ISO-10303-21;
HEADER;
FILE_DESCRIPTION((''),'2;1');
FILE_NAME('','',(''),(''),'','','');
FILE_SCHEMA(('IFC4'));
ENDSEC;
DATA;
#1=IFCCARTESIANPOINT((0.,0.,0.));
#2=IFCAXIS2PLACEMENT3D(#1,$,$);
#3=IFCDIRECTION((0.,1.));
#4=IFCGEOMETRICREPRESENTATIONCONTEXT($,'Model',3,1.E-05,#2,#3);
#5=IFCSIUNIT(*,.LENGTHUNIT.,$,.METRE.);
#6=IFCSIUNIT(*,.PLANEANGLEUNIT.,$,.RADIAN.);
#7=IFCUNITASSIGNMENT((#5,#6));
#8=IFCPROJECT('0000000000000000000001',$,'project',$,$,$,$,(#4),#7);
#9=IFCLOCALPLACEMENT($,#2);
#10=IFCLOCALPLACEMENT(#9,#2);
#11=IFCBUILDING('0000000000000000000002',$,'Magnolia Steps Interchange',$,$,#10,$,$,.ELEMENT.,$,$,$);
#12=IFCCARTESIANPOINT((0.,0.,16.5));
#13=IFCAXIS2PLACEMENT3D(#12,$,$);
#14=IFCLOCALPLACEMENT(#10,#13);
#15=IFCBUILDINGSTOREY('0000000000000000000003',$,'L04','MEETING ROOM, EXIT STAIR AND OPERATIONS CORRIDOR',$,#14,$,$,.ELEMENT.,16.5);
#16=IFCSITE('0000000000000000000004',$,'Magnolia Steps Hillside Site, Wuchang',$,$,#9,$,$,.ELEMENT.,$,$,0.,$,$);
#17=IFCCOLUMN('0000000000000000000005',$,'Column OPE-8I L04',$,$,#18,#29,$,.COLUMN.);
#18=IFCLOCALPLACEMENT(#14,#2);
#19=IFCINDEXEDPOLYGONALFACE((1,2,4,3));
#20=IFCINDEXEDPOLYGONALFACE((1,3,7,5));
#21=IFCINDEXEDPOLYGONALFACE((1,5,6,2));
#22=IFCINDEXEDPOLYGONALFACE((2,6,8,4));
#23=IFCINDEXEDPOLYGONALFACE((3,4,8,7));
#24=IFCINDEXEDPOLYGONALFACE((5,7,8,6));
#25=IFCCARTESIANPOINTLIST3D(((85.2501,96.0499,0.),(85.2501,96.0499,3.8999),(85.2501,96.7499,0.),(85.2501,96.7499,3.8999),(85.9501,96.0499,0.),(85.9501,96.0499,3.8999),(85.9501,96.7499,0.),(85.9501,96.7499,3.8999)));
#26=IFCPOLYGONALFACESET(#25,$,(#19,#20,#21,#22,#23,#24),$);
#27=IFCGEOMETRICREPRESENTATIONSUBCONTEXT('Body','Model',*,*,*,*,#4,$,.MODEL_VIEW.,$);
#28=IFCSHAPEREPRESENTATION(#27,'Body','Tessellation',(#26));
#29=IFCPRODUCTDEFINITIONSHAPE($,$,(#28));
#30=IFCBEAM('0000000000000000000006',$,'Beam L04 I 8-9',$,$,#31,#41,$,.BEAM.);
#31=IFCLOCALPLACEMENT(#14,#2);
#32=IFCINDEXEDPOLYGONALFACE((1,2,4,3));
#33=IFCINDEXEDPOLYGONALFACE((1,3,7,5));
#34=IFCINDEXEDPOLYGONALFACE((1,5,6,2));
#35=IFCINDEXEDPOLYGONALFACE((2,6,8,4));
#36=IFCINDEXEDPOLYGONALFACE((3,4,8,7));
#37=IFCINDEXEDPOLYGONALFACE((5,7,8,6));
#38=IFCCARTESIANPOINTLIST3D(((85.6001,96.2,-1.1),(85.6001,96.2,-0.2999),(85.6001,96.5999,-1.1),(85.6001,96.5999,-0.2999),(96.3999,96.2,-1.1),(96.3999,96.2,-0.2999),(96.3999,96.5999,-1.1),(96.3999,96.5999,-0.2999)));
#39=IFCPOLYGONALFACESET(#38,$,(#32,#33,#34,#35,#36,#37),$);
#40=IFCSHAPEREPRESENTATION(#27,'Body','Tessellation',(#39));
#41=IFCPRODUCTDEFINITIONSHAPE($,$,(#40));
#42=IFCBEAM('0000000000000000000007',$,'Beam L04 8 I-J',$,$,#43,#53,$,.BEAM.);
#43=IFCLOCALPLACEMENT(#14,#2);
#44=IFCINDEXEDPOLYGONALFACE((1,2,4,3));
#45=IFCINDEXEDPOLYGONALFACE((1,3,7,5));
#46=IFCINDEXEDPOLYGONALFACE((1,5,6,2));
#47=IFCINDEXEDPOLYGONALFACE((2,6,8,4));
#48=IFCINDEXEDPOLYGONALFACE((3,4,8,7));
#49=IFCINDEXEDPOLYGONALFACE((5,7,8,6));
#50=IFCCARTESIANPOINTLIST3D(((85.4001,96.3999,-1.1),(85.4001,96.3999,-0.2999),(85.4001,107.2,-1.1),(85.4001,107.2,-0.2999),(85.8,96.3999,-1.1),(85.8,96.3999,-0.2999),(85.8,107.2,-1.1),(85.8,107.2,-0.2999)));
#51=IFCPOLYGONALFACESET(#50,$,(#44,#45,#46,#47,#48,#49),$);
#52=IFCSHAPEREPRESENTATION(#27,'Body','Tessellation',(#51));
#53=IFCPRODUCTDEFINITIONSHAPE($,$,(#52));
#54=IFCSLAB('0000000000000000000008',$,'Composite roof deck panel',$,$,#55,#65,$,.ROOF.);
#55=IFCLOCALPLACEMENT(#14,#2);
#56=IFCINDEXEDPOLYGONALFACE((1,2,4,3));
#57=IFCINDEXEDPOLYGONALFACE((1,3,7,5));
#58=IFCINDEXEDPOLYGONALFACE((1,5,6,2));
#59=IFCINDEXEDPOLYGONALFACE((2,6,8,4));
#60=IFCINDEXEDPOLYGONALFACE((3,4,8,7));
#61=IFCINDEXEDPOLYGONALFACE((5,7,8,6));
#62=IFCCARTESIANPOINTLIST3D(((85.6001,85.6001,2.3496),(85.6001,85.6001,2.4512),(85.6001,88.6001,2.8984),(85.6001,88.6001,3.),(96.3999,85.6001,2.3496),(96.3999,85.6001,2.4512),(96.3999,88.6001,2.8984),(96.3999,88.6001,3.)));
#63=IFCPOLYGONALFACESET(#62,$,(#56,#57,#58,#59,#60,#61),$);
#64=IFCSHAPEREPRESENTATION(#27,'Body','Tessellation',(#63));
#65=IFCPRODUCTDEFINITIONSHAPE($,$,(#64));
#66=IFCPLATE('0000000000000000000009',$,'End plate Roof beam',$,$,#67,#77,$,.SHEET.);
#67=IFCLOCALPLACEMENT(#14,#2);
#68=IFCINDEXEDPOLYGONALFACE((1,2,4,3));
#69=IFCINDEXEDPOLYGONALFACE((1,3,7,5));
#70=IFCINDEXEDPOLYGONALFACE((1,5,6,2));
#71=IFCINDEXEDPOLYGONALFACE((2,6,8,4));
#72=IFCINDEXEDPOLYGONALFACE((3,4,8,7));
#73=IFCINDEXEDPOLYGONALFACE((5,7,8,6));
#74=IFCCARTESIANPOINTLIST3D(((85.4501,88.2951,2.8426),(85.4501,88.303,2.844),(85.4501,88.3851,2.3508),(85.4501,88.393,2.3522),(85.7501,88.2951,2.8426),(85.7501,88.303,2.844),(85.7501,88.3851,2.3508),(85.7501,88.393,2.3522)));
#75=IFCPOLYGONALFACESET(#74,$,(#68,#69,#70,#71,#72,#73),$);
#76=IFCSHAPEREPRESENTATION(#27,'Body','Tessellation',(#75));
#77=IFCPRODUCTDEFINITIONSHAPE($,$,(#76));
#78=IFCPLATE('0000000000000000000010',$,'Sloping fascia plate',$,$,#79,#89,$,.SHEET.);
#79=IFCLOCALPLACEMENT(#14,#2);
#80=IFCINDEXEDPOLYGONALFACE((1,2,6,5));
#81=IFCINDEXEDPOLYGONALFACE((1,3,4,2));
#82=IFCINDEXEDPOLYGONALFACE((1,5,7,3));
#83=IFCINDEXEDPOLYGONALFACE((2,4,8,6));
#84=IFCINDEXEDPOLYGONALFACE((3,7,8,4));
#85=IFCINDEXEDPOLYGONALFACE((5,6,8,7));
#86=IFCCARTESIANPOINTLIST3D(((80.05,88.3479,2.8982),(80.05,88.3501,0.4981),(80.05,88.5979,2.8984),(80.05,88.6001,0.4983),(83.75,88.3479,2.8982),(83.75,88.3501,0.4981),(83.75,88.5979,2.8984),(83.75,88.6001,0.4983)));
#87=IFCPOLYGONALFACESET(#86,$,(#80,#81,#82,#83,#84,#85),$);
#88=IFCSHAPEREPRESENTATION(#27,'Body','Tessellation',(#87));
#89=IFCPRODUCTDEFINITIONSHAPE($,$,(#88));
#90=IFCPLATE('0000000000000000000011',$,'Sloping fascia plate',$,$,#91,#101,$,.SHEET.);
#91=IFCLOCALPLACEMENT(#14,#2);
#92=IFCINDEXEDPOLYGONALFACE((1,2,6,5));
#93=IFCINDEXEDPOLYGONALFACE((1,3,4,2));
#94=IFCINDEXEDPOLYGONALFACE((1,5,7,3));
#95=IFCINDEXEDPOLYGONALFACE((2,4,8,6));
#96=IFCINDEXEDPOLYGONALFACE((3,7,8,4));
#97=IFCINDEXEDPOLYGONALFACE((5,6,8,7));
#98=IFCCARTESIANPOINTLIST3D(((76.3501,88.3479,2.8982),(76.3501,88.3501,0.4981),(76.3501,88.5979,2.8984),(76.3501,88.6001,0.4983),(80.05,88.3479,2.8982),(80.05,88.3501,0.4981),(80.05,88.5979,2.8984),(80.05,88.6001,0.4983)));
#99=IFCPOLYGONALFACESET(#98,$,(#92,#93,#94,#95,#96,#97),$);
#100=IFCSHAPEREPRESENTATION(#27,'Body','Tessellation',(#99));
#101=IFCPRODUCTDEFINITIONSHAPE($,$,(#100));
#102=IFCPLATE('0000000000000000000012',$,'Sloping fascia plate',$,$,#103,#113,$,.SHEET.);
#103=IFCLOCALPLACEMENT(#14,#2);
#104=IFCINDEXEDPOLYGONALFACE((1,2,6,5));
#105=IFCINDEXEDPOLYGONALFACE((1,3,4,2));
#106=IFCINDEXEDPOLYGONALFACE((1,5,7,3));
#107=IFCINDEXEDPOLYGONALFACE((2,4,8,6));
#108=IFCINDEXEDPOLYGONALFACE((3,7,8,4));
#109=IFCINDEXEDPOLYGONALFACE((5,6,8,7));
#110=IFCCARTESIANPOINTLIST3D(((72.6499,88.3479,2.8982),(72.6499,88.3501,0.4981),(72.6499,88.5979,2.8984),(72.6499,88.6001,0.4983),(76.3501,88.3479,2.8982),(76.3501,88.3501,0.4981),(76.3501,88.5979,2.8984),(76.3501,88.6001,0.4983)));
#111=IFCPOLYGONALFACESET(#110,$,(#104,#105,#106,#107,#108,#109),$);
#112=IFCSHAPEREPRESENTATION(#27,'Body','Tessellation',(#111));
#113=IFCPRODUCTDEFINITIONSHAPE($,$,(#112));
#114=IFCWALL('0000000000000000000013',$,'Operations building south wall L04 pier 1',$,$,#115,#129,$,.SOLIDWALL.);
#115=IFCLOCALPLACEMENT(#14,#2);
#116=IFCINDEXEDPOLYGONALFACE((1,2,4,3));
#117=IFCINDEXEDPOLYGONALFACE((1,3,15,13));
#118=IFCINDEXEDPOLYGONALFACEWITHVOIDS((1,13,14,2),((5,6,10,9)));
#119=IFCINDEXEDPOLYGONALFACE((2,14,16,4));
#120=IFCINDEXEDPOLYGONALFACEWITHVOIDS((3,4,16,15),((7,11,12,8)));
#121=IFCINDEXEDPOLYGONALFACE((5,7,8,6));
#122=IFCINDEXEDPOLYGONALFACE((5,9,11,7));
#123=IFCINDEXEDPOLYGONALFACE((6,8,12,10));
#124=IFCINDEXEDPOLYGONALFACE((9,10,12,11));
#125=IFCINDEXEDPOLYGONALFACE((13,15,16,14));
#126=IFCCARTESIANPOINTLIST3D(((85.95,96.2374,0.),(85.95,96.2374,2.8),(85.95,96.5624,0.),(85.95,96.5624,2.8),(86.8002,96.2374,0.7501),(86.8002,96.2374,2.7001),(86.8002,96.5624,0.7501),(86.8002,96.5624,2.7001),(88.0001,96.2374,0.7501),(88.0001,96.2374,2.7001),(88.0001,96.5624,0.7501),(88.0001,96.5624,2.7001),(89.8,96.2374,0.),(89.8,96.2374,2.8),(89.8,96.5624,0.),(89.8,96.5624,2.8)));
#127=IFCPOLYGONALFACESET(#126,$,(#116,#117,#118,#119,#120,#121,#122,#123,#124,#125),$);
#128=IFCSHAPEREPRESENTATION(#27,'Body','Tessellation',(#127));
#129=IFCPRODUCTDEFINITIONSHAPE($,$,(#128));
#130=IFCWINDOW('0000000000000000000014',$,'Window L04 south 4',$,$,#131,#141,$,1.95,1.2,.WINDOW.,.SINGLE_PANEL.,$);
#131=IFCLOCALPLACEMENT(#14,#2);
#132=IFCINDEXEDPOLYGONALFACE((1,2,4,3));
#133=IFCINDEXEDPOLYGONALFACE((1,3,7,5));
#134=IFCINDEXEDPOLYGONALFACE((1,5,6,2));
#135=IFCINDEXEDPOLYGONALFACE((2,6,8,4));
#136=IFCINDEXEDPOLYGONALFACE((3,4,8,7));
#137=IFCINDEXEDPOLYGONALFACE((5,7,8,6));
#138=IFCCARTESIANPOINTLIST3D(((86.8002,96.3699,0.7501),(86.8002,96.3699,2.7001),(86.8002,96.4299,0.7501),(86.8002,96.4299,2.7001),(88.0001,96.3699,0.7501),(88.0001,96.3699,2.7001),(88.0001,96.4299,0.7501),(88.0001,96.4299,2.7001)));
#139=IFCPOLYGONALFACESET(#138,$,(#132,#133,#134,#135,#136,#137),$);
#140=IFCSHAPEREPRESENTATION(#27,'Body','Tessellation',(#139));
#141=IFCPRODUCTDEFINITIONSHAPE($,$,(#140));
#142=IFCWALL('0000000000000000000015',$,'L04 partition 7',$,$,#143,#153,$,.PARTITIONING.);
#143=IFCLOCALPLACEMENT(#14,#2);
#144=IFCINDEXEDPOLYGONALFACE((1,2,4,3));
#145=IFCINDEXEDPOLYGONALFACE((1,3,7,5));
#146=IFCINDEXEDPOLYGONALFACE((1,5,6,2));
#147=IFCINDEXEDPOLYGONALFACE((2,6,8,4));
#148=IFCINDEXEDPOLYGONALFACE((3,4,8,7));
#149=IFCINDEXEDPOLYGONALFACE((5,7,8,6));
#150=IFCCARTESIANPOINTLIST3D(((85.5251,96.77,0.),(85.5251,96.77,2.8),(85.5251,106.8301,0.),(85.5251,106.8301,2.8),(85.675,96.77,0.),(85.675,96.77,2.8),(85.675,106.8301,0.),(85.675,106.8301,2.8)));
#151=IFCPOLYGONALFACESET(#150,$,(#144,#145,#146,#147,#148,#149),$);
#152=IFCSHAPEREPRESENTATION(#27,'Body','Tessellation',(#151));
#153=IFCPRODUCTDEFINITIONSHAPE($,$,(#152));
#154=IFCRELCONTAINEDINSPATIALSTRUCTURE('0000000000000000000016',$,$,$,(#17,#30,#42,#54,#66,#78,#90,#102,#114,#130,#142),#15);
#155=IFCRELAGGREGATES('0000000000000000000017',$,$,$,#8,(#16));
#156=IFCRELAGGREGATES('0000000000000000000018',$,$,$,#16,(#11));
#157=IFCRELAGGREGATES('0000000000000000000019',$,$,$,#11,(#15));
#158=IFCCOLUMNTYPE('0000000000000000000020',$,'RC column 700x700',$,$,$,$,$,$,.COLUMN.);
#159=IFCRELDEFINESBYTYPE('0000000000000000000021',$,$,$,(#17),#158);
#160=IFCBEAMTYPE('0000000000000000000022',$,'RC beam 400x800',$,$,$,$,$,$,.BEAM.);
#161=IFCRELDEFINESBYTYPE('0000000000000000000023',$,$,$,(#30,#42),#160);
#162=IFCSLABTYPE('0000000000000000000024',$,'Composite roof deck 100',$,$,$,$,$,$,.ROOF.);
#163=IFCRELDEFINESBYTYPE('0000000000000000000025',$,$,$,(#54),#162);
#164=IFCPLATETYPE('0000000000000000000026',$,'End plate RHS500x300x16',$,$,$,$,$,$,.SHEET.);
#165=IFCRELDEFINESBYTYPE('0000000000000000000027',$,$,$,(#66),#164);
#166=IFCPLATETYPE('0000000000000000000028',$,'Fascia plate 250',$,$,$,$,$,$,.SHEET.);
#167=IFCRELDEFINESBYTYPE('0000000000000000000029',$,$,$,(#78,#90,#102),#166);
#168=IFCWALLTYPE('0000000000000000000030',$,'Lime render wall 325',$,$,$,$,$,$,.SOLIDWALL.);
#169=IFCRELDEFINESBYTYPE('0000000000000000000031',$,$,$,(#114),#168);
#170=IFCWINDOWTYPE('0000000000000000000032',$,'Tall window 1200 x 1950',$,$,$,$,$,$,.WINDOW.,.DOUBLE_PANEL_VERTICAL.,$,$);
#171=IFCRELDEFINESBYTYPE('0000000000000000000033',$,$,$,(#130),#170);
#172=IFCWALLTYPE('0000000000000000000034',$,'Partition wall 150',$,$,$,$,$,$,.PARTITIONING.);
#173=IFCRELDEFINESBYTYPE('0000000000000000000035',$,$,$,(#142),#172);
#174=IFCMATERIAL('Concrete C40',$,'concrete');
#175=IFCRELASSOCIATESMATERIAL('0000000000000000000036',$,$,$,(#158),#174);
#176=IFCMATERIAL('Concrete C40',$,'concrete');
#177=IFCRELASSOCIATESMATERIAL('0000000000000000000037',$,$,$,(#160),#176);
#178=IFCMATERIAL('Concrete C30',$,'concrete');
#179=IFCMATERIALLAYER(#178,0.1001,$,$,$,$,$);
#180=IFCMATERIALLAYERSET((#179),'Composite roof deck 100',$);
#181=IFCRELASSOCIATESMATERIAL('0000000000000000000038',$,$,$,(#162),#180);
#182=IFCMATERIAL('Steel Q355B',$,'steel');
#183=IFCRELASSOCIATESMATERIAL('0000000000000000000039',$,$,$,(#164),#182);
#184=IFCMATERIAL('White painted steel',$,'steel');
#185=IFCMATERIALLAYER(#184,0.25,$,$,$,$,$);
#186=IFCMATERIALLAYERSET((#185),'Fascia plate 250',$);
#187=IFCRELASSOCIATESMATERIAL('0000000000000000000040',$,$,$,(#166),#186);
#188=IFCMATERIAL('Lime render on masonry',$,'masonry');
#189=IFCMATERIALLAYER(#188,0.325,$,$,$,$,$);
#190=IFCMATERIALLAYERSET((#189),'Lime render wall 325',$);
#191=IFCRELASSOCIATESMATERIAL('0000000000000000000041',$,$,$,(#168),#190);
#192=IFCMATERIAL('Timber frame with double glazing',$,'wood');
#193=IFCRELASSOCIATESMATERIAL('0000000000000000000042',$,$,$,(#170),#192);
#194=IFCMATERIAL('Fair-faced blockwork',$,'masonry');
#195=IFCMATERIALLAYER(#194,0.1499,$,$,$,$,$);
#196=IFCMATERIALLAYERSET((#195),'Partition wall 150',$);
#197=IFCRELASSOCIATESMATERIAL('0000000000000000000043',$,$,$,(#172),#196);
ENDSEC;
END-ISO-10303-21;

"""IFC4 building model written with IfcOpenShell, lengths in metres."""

from ifc_helpers import new_model, si_unit, direction, frame, frame_2d, origin, origin_2d, place, context, subcontext, project, spatial, polyline, rectangle, outline, extrude, material, layer, layer_set, material_profile, profile_set, type_object, element, fill, save


model = new_model("IFC4")

# Units and contexts
model_context = context("Model", 3, precision=1e-05, world=origin(), true_north=direction((0.0, 1.0)))
body_context = subcontext(model_context, "Body", "Model", "MODEL_VIEW")
ifc_project = project(units=[si_unit("LENGTHUNIT", "METRE"), si_unit("PLANEANGLEUNIT", "RADIAN")], contexts=[model_context])

# Site, building, storey
site_placement = place(None, origin())
site = spatial("IfcSite", under=ifc_project, at=site_placement, Name="Magnolia Steps Hillside Site, Wuchang", CompositionType="ELEMENT", RefElevation=0.0)
building_placement = place(site_placement, origin())
building = spatial("IfcBuilding", under=site, at=building_placement, Name="Magnolia Steps Interchange", CompositionType="ELEMENT")
storey_placement = place(building_placement, frame((0.0, 0.0, 16.5)))
storey = spatial("IfcBuildingStorey", under=building, at=storey_placement, Name="L04", Description="MEETING ROOM, EXIT STAIR AND OPERATIONS CORRIDOR", CompositionType="ELEMENT", Elevation=16.5)

# Column
ifc_material_1 = material(Name="Concrete C40", Category="concrete")
ifc_material_profile_1 = material_profile(ifc_material_1, rectangle(XDim=0.7, YDim=0.7, at=origin_2d()), Name="RC700x700")
ifc_profile_set_1 = profile_set([ifc_material_profile_1], Name="Concrete C40")
column_type = type_object("IfcColumnType", Name="RC column 700x700", PredefinedType="COLUMN", material=ifc_profile_set_1)
column_placement = place(storey_placement, frame((85.6001, 96.3999, 0.0), z_axis=(0.0, 0.0, 1.0), x_axis=(1.0, 0.0, 0.0)))
element("IfcColumn", 1, at=column_placement, inside=storey, type_object=column_type, Name="Column OPE-8I L04", PredefinedType="COLUMN", context=body_context, shape_type="SweptSolid", body=[
    extrude(rectangle(XDim=0.7, YDim=0.7, at=origin_2d()), origin(), (0.0, 0.0, 1.0), 3.8999),
])

# Beams
ifc_material_2 = material(Name="Concrete C40", Category="concrete")
ifc_material_profile_2 = material_profile(ifc_material_2, rectangle(XDim=0.3999, YDim=0.8, at=origin_2d()), Name="RC400x800")
ifc_profile_set_2 = profile_set([ifc_material_profile_2], Name="Concrete C40")
beam_type = type_object("IfcBeamType", Name="RC beam 400x800", PredefinedType="BEAM", material=ifc_profile_set_2)
beam_1_placement = place(storey_placement, frame((85.6001, 96.3999, -0.7), z_axis=(1.0, 0.0, 0.0), x_axis=(0.0, 1.0, 0.0)))
element("IfcBeam", 2, at=beam_1_placement, inside=storey, type_object=beam_type, Name="Beam L04 I 8-9", PredefinedType="BEAM", context=body_context, shape_type="SweptSolid", body=[
    extrude(rectangle(XDim=0.3999, YDim=0.8, at=origin_2d()), origin(), (0.0, 0.0, 1.0), 10.7998),
])
beam_2_placement = place(storey_placement, frame((85.6001, 96.3999, -0.7), z_axis=(0.0, 1.0, 0.0), x_axis=(-1.0, 0.0, 0.0)))
element("IfcBeam", 3, at=beam_2_placement, inside=storey, type_object=beam_type, Name="Beam L04 8 I-J", PredefinedType="BEAM", context=body_context, shape_type="SweptSolid", body=[
    extrude(rectangle(XDim=0.3999, YDim=0.8, at=origin_2d()), origin(), (0.0, 0.0, 1.0), 10.8),
])

# Slab
ifc_material_3 = material(Name="Concrete C30", Category="concrete")
ifc_layer_1 = layer(ifc_material_3, 0.1001)
ifc_layer_set_1 = layer_set([ifc_layer_1], Name="Composite roof deck 100")
slab_type = type_object("IfcSlabType", Name="Composite roof deck 100", PredefinedType="ROOF", material=ifc_layer_set_1)
slab_placement = place(storey_placement, frame((85.6001, 88.6001, 3.0), z_axis=(0.0, -0.179956, 0.983675), x_axis=(0.0, -0.983675, -0.179956)))
element("IfcSlab", 4, at=slab_placement, inside=storey, type_object=slab_type, Name="Composite roof deck panel", PredefinedType="ROOF", context=body_context, shape_type="SweptSolid", body=[
    extrude(outline(polyline([(0.0, 0.0), (3.0498, 0.0), (3.0498, 10.7998), (0.0, 10.7998), (0.0, 0.0)])), origin(), (0.179956, 0.0, -0.983675), 0.1016),
])

# Plates
ifc_material_4 = material(Name="Steel Q355B", Category="steel")
ifc_material_profile_3 = material_profile(ifc_material_4, rectangle(XDim=0.3, YDim=0.5, at=origin_2d()), Name="End plate RHS500x300x16")
ifc_profile_set_3 = profile_set([ifc_material_profile_3], Name="Steel Q355B")
plate_type_1 = type_object("IfcPlateType", Name="End plate RHS500x300x16", PredefinedType="SHEET", material=ifc_profile_set_3)
plate_1_placement = place(storey_placement, frame((85.6001, 88.3401, 2.5967), z_axis=(0.0, 0.983683, 0.179911), x_axis=(-1.0, 0.0, 0.0)))
element("IfcPlate", 5, at=plate_1_placement, inside=storey, type_object=plate_type_1, Name="End plate Roof beam", PredefinedType="SHEET", context=body_context, shape_type="SweptSolid", body=[
    extrude(rectangle(XDim=0.3, YDim=0.5, at=origin_2d()), origin(), (0.0, 0.0, 1.0), 0.0081),
])
ifc_material_5 = material(Name="White painted steel", Category="steel")
ifc_layer_2 = layer(ifc_material_5, 0.25)
ifc_layer_set_2 = layer_set([ifc_layer_2], Name="Fascia plate 250")
plate_type_2 = type_object("IfcPlateType", Name="Fascia plate 250", PredefinedType="SHEET", material=ifc_layer_set_2)
for number, where, z_axis, x_axis, name in (
    (6, (83.75, 88.6001, 0.4983), (0.0, 1.0, 0.000915), (-1.0, 0.0, 0.0), "Sloping fascia plate"),
    (7, (80.05, 88.6001, 0.4983), (0.0, 1.0, 0.000915), (-1.0, 0.0, 0.0), "Sloping fascia plate"),
):
    element("IfcPlate", number, at=place(storey_placement, frame(where, z_axis=z_axis, x_axis=x_axis)), inside=storey, type_object=plate_type_2, Name=name, PredefinedType="SHEET", context=body_context, shape_type="SweptSolid", body=[
        extrude(outline(polyline([(0.0, 0.0), (3.7, 0.0), (3.7, 2.4001), (0.0, 2.4001), (0.0, 0.0)])), origin(), (0.0, 0.0, -1.0), 0.25),
    ])
plate_2_placement = place(storey_placement, frame((76.3501, 88.6001, 0.4983), z_axis=(0.0, 1.0, 0.000915), x_axis=(-1.0, 0.0, 0.0)))
element("IfcPlate", 8, at=plate_2_placement, inside=storey, type_object=plate_type_2, Name="Sloping fascia plate", PredefinedType="SHEET", context=body_context, shape_type="SweptSolid", body=[
    extrude(outline(polyline([(0.0, 0.0), (3.7002, 0.0), (3.7002, 2.4001), (0.0, 2.4001), (0.0, 0.0)])), origin(), (0.0, 0.0, -1.0), 0.25),
])

# Wall, opening, window
ifc_material_6 = material(Name="Lime render on masonry", Category="masonry")
ifc_layer_3 = layer(ifc_material_6, 0.325)
ifc_layer_set_3 = layer_set([ifc_layer_3], Name="Lime render wall 325")
wall_type_1 = type_object("IfcWallType", Name="Lime render wall 325", PredefinedType="SOLIDWALL", material=ifc_layer_set_3)
wall_1_placement = place(storey_placement, frame((85.95, 96.3999, 0.0), z_axis=(0.0, 0.0, 1.0), x_axis=(1.0, 0.0, 0.0)))
wall_1 = element("IfcWall", 9, at=wall_1_placement, inside=storey, type_object=wall_type_1, Name="Operations building south wall L04 pier 1", PredefinedType="SOLIDWALL", context=body_context, shape_type="SweptSolid", body=[
    extrude(rectangle(XDim=3.8501, YDim=0.325, at=frame_2d((1.925, 0.0))), origin(), (0.0, 0.0, 1.0), 2.8),
])
opening_placement = place(wall_1_placement, frame((0.8501, 0.0, 0.75)))
opening = element("IfcOpeningElement", 10, at=opening_placement, cuts=wall_1, PredefinedType="OPENING", context=body_context, shape_type="SweptSolid", body=[
    extrude(rectangle(XDim=1.2, YDim=1.95, at=frame_2d((0.6001, 0.9751))), frame((0.0, 0.1724, 0.0), z_axis=(0.0, -1.0, 0.0), x_axis=(1.0, 0.0, 0.0)), (0.0, 0.0, 1.0), 0.345),
])
ifc_material_7 = material(Name="Timber frame with double glazing", Category="wood")
window_type = type_object("IfcWindowType", Name="Tall window 1200 x 1950", PartitioningType="DOUBLE_PANEL_VERTICAL", PredefinedType="WINDOW", material=ifc_material_7)
window_placement = place(opening_placement, origin())
window = element("IfcWindow", 11, at=window_placement, inside=storey, type_object=window_type, Name="Window L04 south 4", OverallHeight=1.95, OverallWidth=1.2, PartitioningType="SINGLE_PANEL", PredefinedType="WINDOW", context=body_context, shape_type="SweptSolid", body=[
    extrude(rectangle(XDim=1.2, YDim=1.95, at=frame_2d((0.6001, 0.9751))), frame((0.0, 0.03, 0.0), z_axis=(0.0, -1.0, 0.0), x_axis=(1.0, 0.0, 0.0)), (0.0, 0.0, 1.0), 0.0601),
])
fill(opening, window)

# Wall
ifc_material_8 = material(Name="Fair-faced blockwork", Category="masonry")
ifc_layer_4 = layer(ifc_material_8, 0.1499)
ifc_layer_set_4 = layer_set([ifc_layer_4], Name="Partition wall 150")
wall_type_2 = type_object("IfcWallType", Name="Partition wall 150", PredefinedType="PARTITIONING", material=ifc_layer_set_4)
wall_2_placement = place(storey_placement, frame((85.6001, 96.77, 0.0), z_axis=(0.0, 0.0, 1.0), x_axis=(0.0, 1.0, 0.0)))
element("IfcWall", 12, at=wall_2_placement, inside=storey, type_object=wall_type_2, Name="L04 partition 7", PredefinedType="PARTITIONING", context=body_context, shape_type="SweptSolid", body=[
    extrude(rectangle(XDim=10.0601, YDim=0.1499, at=frame_2d((5.03, 0.0))), origin(), (0.0, 0.0, 1.0), 2.8),
])

save(model, "model.ifc")
